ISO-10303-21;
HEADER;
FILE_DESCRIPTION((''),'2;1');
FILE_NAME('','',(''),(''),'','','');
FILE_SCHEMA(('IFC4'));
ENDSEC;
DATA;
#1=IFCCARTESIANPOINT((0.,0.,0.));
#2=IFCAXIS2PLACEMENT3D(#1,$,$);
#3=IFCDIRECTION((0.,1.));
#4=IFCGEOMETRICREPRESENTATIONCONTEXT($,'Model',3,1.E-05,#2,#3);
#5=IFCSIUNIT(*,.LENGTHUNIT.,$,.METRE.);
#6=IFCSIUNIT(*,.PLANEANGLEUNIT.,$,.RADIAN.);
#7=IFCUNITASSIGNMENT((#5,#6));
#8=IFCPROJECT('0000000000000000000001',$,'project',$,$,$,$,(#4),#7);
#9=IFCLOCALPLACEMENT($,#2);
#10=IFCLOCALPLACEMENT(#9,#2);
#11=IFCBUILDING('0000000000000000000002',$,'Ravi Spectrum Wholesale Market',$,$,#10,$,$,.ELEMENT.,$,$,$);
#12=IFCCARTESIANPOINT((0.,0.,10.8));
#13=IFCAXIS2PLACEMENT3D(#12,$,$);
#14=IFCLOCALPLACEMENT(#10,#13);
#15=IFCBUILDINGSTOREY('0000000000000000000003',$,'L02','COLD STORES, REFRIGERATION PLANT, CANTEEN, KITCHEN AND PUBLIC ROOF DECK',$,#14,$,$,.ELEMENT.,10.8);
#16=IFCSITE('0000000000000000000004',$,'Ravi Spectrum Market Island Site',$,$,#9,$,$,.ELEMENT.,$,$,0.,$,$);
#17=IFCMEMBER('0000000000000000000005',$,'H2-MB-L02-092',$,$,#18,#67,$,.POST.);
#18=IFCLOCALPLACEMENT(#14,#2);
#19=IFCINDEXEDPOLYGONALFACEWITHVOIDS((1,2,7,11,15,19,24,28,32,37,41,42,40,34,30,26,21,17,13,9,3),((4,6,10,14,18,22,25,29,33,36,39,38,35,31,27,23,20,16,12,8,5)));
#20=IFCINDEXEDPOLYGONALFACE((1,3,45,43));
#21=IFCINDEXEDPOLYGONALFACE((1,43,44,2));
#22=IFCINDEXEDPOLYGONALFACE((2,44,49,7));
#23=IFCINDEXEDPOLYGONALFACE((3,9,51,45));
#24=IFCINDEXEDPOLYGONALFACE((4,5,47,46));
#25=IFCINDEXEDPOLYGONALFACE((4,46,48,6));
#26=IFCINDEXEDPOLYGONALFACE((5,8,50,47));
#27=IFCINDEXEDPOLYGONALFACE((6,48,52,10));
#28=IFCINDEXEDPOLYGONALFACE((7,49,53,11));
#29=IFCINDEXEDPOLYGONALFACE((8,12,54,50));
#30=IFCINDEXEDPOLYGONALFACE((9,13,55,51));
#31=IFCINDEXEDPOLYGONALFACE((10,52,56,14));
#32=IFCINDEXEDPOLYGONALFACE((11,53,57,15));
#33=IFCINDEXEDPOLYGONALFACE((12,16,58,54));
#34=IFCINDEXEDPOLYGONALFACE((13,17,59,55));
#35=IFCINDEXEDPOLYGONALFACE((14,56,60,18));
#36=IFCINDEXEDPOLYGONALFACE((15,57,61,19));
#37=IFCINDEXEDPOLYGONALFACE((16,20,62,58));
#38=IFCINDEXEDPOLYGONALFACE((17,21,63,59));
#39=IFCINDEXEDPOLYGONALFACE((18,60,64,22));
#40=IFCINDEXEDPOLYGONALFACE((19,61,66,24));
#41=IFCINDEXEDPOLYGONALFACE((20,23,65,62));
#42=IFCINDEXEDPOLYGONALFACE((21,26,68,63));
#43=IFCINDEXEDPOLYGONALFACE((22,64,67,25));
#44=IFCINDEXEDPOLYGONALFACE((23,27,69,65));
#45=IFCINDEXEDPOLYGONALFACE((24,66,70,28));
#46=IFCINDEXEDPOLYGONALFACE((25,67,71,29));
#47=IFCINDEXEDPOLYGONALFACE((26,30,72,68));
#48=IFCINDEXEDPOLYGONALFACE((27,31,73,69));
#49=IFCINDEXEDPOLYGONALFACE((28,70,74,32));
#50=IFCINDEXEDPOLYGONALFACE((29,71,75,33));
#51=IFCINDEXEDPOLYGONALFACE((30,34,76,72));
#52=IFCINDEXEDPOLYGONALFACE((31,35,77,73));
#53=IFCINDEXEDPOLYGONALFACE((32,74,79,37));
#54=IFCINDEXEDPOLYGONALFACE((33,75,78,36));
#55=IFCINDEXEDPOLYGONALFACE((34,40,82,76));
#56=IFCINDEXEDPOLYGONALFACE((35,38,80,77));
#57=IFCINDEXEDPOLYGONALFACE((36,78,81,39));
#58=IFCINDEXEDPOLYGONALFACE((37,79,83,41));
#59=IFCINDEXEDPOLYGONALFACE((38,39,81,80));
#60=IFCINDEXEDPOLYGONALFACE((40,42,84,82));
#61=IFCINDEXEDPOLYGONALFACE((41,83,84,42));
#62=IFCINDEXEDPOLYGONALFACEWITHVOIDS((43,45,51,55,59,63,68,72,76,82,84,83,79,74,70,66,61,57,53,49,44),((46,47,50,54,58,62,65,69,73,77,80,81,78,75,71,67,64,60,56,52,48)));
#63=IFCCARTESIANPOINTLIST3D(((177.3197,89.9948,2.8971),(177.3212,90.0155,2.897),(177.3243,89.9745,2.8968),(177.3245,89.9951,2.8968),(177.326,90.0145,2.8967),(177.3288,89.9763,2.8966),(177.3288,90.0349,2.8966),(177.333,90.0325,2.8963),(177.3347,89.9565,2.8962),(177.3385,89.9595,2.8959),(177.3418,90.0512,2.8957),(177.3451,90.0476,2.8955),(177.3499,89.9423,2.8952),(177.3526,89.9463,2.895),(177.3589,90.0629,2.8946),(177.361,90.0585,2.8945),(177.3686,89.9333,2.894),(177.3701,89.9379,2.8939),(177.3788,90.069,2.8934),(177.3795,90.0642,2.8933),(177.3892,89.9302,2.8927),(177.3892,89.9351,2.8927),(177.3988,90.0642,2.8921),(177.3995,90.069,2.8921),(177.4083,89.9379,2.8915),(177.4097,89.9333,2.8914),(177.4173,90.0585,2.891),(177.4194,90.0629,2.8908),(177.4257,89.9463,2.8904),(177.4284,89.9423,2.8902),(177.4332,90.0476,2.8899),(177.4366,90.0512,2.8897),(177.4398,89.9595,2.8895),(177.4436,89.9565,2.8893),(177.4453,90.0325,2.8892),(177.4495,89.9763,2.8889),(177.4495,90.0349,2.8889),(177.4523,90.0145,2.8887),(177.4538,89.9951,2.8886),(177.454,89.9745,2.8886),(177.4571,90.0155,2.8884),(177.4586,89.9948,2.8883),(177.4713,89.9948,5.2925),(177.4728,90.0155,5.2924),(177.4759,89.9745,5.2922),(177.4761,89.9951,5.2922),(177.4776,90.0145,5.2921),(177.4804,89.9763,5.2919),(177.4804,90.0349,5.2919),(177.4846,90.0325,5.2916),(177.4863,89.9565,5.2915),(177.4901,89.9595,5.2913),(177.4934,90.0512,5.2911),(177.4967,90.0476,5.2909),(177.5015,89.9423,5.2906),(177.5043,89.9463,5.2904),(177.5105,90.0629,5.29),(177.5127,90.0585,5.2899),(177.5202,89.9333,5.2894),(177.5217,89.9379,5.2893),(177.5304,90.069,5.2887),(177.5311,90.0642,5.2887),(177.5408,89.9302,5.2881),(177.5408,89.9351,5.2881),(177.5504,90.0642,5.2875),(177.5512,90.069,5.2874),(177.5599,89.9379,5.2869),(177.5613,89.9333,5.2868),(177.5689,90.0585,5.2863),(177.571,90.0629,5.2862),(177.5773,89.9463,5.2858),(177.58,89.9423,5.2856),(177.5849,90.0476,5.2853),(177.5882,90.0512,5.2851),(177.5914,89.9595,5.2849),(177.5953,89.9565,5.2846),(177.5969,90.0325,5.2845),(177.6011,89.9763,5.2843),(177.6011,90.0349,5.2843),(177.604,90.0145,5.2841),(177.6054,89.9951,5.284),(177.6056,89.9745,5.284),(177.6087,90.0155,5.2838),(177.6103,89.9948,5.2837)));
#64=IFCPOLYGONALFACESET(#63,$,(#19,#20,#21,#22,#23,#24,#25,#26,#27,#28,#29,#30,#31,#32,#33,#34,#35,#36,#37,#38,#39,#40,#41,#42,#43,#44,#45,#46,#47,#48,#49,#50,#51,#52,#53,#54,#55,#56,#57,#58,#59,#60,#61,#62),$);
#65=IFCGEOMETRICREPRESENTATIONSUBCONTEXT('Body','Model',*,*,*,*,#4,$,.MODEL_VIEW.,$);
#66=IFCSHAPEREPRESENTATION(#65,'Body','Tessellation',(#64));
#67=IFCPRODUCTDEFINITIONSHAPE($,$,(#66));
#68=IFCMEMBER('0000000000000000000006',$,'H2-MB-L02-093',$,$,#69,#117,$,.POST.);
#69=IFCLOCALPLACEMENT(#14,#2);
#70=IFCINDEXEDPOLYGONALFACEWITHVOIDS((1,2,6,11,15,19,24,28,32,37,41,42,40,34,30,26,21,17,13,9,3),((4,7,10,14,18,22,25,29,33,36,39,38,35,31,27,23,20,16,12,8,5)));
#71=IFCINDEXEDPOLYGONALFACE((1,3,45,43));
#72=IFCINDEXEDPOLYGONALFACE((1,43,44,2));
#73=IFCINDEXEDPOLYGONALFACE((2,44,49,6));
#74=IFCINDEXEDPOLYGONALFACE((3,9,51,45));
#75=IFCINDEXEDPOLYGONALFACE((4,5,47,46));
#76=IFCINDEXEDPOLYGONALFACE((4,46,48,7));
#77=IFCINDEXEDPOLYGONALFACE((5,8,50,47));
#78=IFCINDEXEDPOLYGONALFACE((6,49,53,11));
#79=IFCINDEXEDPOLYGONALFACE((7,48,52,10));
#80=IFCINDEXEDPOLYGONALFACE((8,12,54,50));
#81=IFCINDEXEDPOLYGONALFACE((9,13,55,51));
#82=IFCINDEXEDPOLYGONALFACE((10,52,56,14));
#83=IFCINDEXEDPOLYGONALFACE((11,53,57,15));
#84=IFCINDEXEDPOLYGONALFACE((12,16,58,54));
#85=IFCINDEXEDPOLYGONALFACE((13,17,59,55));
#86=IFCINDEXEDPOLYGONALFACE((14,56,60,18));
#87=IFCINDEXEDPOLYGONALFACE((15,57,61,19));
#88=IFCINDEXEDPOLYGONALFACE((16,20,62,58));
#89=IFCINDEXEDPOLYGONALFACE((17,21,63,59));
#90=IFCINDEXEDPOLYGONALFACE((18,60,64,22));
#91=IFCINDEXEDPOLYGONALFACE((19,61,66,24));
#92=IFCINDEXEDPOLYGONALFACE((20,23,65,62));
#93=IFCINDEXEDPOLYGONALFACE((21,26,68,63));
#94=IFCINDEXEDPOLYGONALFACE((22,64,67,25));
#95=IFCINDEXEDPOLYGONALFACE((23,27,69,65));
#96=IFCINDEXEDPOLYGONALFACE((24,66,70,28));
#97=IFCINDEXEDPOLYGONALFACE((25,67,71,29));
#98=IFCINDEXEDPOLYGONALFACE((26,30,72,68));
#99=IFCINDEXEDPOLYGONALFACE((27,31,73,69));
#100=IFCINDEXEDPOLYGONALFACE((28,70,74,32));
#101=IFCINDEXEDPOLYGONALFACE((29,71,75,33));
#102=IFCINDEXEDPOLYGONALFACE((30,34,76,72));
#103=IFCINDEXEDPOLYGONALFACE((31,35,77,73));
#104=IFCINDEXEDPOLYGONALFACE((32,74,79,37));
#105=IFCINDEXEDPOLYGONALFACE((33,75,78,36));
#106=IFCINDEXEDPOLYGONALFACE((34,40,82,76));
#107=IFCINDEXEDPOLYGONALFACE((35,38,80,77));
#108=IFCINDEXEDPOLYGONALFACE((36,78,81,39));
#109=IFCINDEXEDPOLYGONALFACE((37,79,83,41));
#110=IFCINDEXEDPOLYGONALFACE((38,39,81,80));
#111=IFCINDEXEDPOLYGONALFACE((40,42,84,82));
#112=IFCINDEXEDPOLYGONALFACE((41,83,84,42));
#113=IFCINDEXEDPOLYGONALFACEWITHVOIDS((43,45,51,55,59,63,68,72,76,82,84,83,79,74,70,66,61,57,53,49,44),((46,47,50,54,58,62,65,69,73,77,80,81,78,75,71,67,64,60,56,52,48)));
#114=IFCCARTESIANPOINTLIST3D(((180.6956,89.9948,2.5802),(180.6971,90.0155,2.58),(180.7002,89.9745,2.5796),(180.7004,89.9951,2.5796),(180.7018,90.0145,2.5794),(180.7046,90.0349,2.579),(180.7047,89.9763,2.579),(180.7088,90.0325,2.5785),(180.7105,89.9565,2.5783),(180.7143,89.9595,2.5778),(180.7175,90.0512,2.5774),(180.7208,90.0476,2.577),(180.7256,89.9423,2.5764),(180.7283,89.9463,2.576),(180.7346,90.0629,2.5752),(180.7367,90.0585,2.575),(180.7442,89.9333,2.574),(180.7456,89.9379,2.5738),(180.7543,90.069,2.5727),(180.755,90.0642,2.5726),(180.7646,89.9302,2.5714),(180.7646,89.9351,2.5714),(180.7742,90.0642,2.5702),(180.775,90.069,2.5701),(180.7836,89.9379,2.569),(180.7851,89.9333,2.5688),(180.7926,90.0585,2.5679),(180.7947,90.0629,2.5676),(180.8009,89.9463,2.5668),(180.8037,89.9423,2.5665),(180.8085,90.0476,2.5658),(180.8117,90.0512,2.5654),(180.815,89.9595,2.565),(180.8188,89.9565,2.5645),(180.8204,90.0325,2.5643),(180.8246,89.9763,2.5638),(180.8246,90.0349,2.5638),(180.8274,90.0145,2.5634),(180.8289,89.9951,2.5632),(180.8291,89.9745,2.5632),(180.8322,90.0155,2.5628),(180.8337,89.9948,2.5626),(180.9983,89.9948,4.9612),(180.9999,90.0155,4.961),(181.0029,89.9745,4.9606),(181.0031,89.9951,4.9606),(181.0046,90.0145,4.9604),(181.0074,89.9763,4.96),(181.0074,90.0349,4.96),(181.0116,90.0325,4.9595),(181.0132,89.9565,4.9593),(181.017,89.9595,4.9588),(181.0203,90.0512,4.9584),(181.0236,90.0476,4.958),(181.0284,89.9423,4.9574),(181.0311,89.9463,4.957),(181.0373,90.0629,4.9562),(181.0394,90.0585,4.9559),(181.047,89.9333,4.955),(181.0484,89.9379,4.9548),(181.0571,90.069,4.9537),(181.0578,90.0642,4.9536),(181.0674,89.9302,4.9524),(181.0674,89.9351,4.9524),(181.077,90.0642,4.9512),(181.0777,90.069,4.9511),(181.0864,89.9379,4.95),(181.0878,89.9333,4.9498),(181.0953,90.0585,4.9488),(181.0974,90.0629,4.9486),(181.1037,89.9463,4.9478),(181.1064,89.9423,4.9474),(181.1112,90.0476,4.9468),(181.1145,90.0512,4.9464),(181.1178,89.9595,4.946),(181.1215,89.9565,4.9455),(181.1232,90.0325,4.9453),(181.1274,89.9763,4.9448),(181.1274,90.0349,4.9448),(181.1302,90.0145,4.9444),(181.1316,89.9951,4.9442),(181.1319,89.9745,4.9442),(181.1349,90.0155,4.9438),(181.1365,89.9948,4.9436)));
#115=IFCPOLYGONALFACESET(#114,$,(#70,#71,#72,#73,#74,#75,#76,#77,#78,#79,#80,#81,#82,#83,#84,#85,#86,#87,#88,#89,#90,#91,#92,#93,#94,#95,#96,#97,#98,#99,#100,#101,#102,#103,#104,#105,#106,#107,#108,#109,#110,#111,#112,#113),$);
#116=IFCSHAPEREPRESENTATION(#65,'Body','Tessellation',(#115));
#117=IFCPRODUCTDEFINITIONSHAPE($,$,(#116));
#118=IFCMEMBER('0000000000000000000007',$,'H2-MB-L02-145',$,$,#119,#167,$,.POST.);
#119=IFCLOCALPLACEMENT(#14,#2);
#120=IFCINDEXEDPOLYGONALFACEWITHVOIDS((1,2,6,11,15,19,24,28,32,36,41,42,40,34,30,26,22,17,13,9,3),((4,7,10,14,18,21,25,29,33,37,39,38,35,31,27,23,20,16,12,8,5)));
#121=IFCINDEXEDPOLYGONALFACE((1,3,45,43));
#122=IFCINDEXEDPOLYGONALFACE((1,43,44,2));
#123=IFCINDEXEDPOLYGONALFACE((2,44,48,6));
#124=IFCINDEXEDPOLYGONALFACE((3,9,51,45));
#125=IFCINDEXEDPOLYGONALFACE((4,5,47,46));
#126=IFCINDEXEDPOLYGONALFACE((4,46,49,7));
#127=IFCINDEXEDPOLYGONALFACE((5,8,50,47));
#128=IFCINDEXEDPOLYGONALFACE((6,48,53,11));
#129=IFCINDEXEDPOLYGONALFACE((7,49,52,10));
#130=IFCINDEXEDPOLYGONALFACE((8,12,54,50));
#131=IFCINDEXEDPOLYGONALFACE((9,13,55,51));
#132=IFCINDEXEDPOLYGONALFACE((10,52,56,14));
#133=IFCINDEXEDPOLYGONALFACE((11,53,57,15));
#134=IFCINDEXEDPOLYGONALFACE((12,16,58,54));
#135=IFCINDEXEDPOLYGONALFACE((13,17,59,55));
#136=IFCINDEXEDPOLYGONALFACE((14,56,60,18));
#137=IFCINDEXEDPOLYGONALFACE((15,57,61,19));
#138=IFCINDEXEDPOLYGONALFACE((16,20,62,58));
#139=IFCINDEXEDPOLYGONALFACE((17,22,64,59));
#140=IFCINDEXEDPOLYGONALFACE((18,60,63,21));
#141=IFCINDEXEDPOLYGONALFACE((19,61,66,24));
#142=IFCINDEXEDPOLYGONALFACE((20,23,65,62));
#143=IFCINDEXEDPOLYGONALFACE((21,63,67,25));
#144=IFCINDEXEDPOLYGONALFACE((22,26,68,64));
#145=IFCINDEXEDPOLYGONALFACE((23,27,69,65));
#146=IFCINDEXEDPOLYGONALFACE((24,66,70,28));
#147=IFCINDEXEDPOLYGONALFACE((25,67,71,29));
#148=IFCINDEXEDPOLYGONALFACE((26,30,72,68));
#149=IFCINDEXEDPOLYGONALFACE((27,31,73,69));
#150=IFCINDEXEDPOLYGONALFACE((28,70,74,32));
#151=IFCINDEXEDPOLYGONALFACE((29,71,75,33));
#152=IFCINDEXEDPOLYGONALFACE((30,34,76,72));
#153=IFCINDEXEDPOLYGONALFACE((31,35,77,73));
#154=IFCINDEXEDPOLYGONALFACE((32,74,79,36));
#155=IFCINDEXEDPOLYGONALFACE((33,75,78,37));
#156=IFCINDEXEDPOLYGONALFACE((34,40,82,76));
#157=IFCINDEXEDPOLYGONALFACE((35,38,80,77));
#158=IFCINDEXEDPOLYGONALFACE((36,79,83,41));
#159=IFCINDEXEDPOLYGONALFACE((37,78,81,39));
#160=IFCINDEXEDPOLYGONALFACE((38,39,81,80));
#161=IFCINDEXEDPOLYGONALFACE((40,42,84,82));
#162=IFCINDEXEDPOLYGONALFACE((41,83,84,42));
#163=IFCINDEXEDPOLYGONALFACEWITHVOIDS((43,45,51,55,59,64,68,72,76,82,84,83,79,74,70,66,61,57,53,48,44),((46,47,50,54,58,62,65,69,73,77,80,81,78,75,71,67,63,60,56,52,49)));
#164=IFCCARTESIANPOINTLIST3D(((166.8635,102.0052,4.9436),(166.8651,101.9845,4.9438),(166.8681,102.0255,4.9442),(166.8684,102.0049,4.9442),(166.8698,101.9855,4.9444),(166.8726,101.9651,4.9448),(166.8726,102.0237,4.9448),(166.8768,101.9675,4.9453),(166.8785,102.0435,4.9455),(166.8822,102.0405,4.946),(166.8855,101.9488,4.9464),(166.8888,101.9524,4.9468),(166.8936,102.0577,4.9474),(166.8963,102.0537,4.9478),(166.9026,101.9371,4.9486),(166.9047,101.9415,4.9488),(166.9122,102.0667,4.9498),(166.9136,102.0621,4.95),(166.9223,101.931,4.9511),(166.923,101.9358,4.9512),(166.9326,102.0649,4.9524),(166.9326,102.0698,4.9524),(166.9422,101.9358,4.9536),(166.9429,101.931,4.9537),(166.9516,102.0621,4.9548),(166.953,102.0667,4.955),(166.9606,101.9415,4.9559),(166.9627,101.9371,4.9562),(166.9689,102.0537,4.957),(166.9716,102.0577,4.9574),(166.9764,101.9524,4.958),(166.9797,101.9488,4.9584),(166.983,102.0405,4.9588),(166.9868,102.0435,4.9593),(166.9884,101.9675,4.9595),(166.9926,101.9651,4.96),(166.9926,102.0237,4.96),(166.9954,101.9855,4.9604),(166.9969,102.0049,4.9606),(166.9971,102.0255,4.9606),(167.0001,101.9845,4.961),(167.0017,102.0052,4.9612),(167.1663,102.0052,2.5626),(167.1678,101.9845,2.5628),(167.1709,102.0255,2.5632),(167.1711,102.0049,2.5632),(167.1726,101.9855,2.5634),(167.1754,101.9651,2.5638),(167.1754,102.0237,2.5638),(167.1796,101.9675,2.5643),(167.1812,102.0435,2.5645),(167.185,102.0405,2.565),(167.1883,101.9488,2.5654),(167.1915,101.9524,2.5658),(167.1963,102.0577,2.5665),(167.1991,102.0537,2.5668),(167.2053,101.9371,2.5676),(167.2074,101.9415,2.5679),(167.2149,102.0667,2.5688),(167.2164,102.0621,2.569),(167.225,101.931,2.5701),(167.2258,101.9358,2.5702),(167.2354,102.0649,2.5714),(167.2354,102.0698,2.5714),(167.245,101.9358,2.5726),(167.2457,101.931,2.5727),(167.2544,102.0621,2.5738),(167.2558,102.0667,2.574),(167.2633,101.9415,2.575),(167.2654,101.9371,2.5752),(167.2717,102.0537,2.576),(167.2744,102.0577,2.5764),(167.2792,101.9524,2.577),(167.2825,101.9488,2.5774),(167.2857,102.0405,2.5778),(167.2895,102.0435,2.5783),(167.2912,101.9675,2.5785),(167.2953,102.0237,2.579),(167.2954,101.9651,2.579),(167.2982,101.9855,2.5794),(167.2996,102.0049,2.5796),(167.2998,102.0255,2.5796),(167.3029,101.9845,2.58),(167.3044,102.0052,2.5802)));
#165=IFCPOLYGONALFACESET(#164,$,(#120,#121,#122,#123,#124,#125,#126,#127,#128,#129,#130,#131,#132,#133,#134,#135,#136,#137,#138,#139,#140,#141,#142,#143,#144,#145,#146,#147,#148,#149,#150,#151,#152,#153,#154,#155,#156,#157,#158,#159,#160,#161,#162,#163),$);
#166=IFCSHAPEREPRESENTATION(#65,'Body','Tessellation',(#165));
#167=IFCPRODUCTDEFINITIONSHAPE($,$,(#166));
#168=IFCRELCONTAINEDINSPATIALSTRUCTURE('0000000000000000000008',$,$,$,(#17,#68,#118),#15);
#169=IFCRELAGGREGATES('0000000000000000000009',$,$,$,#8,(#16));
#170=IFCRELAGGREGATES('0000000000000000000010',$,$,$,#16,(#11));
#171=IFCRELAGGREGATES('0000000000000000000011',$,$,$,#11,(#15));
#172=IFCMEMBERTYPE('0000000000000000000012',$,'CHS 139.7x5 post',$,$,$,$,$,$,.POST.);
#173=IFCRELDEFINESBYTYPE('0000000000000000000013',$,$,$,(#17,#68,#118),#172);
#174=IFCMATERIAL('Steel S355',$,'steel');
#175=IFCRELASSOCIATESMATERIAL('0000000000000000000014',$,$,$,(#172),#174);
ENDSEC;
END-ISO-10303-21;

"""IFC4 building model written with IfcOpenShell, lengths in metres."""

from ifc_helpers import new_model, si_unit, direction, frame, origin, origin_2d, place, context, subcontext, project, spatial, hollow_circle, extrude, material, material_profile, profile_set, type_object, element, save


model = new_model("IFC4")

# Units and contexts
model_context = context("Model", 3, precision=1e-05, world=origin(), true_north=direction((0.0, 1.0)))
body_context = subcontext(model_context, "Body", "Model", "MODEL_VIEW")
ifc_project = project(units=[si_unit("LENGTHUNIT", "METRE"), si_unit("PLANEANGLEUNIT", "RADIAN")], contexts=[model_context])

# Site, building, storey
site_placement = place(None, origin())
site = spatial("IfcSite", under=ifc_project, at=site_placement, Name="Ravi Spectrum Market Island Site", CompositionType="ELEMENT", RefElevation=0.0)
building_placement = place(site_placement, origin())
building = spatial("IfcBuilding", under=site, at=building_placement, Name="Ravi Spectrum Wholesale Market", CompositionType="ELEMENT")
storey_placement = place(building_placement, frame((0.0, 0.0, 10.8)))
storey = spatial("IfcBuildingStorey", under=building, at=storey_placement, Name="L02", Description="COLD STORES, REFRIGERATION PLANT, CANTEEN, KITCHEN AND PUBLIC ROOF DECK", CompositionType="ELEMENT", Elevation=10.8)

# Members
ifc_material_1 = material(Name="Steel S355", Category="steel")
ifc_material_profile_1 = material_profile(ifc_material_1, hollow_circle(Radius=0.0698, WallThickness=0.0049, at=origin_2d()))
ifc_profile_set_1 = profile_set([ifc_material_profile_1], Name="Steel S355")
member_type_1 = type_object("IfcMemberType", Name="CHS 139.7x5 post", PredefinedType="POST", material=ifc_profile_set_1)
for number, where, z_axis, x_axis, name in (
    (1, (177.5408, 90.0, 5.2881), (-0.06317, 0.0, -0.998003), (0.0, -1.0, 0.0), "H2-MB-L02-092"),
    (2, (181.0674, 90.0, 4.9524), (-0.126138, 0.0, -0.992013), (0.0, -1.0, 0.0), "H2-MB-L02-093"),
    (3, (166.9326, 102.0, 4.9524), (0.126138, 0.0, -0.992013), (0.0, 1.0, 0.0), "H2-MB-L02-145"),
):
    element("IfcMember", number, at=place(storey_placement, frame(where, z_axis=z_axis, x_axis=x_axis)), inside=storey, type_object=member_type_1, Name=name, PredefinedType="POST", context=body_context, shape_type="SweptSolid", body=[
        extrude(hollow_circle(Radius=0.0698, WallThickness=0.0049, at=origin_2d()), origin(), (0.0, 0.0, 1.0), 2.4001),
    ])

save(model, "model.ifc")
